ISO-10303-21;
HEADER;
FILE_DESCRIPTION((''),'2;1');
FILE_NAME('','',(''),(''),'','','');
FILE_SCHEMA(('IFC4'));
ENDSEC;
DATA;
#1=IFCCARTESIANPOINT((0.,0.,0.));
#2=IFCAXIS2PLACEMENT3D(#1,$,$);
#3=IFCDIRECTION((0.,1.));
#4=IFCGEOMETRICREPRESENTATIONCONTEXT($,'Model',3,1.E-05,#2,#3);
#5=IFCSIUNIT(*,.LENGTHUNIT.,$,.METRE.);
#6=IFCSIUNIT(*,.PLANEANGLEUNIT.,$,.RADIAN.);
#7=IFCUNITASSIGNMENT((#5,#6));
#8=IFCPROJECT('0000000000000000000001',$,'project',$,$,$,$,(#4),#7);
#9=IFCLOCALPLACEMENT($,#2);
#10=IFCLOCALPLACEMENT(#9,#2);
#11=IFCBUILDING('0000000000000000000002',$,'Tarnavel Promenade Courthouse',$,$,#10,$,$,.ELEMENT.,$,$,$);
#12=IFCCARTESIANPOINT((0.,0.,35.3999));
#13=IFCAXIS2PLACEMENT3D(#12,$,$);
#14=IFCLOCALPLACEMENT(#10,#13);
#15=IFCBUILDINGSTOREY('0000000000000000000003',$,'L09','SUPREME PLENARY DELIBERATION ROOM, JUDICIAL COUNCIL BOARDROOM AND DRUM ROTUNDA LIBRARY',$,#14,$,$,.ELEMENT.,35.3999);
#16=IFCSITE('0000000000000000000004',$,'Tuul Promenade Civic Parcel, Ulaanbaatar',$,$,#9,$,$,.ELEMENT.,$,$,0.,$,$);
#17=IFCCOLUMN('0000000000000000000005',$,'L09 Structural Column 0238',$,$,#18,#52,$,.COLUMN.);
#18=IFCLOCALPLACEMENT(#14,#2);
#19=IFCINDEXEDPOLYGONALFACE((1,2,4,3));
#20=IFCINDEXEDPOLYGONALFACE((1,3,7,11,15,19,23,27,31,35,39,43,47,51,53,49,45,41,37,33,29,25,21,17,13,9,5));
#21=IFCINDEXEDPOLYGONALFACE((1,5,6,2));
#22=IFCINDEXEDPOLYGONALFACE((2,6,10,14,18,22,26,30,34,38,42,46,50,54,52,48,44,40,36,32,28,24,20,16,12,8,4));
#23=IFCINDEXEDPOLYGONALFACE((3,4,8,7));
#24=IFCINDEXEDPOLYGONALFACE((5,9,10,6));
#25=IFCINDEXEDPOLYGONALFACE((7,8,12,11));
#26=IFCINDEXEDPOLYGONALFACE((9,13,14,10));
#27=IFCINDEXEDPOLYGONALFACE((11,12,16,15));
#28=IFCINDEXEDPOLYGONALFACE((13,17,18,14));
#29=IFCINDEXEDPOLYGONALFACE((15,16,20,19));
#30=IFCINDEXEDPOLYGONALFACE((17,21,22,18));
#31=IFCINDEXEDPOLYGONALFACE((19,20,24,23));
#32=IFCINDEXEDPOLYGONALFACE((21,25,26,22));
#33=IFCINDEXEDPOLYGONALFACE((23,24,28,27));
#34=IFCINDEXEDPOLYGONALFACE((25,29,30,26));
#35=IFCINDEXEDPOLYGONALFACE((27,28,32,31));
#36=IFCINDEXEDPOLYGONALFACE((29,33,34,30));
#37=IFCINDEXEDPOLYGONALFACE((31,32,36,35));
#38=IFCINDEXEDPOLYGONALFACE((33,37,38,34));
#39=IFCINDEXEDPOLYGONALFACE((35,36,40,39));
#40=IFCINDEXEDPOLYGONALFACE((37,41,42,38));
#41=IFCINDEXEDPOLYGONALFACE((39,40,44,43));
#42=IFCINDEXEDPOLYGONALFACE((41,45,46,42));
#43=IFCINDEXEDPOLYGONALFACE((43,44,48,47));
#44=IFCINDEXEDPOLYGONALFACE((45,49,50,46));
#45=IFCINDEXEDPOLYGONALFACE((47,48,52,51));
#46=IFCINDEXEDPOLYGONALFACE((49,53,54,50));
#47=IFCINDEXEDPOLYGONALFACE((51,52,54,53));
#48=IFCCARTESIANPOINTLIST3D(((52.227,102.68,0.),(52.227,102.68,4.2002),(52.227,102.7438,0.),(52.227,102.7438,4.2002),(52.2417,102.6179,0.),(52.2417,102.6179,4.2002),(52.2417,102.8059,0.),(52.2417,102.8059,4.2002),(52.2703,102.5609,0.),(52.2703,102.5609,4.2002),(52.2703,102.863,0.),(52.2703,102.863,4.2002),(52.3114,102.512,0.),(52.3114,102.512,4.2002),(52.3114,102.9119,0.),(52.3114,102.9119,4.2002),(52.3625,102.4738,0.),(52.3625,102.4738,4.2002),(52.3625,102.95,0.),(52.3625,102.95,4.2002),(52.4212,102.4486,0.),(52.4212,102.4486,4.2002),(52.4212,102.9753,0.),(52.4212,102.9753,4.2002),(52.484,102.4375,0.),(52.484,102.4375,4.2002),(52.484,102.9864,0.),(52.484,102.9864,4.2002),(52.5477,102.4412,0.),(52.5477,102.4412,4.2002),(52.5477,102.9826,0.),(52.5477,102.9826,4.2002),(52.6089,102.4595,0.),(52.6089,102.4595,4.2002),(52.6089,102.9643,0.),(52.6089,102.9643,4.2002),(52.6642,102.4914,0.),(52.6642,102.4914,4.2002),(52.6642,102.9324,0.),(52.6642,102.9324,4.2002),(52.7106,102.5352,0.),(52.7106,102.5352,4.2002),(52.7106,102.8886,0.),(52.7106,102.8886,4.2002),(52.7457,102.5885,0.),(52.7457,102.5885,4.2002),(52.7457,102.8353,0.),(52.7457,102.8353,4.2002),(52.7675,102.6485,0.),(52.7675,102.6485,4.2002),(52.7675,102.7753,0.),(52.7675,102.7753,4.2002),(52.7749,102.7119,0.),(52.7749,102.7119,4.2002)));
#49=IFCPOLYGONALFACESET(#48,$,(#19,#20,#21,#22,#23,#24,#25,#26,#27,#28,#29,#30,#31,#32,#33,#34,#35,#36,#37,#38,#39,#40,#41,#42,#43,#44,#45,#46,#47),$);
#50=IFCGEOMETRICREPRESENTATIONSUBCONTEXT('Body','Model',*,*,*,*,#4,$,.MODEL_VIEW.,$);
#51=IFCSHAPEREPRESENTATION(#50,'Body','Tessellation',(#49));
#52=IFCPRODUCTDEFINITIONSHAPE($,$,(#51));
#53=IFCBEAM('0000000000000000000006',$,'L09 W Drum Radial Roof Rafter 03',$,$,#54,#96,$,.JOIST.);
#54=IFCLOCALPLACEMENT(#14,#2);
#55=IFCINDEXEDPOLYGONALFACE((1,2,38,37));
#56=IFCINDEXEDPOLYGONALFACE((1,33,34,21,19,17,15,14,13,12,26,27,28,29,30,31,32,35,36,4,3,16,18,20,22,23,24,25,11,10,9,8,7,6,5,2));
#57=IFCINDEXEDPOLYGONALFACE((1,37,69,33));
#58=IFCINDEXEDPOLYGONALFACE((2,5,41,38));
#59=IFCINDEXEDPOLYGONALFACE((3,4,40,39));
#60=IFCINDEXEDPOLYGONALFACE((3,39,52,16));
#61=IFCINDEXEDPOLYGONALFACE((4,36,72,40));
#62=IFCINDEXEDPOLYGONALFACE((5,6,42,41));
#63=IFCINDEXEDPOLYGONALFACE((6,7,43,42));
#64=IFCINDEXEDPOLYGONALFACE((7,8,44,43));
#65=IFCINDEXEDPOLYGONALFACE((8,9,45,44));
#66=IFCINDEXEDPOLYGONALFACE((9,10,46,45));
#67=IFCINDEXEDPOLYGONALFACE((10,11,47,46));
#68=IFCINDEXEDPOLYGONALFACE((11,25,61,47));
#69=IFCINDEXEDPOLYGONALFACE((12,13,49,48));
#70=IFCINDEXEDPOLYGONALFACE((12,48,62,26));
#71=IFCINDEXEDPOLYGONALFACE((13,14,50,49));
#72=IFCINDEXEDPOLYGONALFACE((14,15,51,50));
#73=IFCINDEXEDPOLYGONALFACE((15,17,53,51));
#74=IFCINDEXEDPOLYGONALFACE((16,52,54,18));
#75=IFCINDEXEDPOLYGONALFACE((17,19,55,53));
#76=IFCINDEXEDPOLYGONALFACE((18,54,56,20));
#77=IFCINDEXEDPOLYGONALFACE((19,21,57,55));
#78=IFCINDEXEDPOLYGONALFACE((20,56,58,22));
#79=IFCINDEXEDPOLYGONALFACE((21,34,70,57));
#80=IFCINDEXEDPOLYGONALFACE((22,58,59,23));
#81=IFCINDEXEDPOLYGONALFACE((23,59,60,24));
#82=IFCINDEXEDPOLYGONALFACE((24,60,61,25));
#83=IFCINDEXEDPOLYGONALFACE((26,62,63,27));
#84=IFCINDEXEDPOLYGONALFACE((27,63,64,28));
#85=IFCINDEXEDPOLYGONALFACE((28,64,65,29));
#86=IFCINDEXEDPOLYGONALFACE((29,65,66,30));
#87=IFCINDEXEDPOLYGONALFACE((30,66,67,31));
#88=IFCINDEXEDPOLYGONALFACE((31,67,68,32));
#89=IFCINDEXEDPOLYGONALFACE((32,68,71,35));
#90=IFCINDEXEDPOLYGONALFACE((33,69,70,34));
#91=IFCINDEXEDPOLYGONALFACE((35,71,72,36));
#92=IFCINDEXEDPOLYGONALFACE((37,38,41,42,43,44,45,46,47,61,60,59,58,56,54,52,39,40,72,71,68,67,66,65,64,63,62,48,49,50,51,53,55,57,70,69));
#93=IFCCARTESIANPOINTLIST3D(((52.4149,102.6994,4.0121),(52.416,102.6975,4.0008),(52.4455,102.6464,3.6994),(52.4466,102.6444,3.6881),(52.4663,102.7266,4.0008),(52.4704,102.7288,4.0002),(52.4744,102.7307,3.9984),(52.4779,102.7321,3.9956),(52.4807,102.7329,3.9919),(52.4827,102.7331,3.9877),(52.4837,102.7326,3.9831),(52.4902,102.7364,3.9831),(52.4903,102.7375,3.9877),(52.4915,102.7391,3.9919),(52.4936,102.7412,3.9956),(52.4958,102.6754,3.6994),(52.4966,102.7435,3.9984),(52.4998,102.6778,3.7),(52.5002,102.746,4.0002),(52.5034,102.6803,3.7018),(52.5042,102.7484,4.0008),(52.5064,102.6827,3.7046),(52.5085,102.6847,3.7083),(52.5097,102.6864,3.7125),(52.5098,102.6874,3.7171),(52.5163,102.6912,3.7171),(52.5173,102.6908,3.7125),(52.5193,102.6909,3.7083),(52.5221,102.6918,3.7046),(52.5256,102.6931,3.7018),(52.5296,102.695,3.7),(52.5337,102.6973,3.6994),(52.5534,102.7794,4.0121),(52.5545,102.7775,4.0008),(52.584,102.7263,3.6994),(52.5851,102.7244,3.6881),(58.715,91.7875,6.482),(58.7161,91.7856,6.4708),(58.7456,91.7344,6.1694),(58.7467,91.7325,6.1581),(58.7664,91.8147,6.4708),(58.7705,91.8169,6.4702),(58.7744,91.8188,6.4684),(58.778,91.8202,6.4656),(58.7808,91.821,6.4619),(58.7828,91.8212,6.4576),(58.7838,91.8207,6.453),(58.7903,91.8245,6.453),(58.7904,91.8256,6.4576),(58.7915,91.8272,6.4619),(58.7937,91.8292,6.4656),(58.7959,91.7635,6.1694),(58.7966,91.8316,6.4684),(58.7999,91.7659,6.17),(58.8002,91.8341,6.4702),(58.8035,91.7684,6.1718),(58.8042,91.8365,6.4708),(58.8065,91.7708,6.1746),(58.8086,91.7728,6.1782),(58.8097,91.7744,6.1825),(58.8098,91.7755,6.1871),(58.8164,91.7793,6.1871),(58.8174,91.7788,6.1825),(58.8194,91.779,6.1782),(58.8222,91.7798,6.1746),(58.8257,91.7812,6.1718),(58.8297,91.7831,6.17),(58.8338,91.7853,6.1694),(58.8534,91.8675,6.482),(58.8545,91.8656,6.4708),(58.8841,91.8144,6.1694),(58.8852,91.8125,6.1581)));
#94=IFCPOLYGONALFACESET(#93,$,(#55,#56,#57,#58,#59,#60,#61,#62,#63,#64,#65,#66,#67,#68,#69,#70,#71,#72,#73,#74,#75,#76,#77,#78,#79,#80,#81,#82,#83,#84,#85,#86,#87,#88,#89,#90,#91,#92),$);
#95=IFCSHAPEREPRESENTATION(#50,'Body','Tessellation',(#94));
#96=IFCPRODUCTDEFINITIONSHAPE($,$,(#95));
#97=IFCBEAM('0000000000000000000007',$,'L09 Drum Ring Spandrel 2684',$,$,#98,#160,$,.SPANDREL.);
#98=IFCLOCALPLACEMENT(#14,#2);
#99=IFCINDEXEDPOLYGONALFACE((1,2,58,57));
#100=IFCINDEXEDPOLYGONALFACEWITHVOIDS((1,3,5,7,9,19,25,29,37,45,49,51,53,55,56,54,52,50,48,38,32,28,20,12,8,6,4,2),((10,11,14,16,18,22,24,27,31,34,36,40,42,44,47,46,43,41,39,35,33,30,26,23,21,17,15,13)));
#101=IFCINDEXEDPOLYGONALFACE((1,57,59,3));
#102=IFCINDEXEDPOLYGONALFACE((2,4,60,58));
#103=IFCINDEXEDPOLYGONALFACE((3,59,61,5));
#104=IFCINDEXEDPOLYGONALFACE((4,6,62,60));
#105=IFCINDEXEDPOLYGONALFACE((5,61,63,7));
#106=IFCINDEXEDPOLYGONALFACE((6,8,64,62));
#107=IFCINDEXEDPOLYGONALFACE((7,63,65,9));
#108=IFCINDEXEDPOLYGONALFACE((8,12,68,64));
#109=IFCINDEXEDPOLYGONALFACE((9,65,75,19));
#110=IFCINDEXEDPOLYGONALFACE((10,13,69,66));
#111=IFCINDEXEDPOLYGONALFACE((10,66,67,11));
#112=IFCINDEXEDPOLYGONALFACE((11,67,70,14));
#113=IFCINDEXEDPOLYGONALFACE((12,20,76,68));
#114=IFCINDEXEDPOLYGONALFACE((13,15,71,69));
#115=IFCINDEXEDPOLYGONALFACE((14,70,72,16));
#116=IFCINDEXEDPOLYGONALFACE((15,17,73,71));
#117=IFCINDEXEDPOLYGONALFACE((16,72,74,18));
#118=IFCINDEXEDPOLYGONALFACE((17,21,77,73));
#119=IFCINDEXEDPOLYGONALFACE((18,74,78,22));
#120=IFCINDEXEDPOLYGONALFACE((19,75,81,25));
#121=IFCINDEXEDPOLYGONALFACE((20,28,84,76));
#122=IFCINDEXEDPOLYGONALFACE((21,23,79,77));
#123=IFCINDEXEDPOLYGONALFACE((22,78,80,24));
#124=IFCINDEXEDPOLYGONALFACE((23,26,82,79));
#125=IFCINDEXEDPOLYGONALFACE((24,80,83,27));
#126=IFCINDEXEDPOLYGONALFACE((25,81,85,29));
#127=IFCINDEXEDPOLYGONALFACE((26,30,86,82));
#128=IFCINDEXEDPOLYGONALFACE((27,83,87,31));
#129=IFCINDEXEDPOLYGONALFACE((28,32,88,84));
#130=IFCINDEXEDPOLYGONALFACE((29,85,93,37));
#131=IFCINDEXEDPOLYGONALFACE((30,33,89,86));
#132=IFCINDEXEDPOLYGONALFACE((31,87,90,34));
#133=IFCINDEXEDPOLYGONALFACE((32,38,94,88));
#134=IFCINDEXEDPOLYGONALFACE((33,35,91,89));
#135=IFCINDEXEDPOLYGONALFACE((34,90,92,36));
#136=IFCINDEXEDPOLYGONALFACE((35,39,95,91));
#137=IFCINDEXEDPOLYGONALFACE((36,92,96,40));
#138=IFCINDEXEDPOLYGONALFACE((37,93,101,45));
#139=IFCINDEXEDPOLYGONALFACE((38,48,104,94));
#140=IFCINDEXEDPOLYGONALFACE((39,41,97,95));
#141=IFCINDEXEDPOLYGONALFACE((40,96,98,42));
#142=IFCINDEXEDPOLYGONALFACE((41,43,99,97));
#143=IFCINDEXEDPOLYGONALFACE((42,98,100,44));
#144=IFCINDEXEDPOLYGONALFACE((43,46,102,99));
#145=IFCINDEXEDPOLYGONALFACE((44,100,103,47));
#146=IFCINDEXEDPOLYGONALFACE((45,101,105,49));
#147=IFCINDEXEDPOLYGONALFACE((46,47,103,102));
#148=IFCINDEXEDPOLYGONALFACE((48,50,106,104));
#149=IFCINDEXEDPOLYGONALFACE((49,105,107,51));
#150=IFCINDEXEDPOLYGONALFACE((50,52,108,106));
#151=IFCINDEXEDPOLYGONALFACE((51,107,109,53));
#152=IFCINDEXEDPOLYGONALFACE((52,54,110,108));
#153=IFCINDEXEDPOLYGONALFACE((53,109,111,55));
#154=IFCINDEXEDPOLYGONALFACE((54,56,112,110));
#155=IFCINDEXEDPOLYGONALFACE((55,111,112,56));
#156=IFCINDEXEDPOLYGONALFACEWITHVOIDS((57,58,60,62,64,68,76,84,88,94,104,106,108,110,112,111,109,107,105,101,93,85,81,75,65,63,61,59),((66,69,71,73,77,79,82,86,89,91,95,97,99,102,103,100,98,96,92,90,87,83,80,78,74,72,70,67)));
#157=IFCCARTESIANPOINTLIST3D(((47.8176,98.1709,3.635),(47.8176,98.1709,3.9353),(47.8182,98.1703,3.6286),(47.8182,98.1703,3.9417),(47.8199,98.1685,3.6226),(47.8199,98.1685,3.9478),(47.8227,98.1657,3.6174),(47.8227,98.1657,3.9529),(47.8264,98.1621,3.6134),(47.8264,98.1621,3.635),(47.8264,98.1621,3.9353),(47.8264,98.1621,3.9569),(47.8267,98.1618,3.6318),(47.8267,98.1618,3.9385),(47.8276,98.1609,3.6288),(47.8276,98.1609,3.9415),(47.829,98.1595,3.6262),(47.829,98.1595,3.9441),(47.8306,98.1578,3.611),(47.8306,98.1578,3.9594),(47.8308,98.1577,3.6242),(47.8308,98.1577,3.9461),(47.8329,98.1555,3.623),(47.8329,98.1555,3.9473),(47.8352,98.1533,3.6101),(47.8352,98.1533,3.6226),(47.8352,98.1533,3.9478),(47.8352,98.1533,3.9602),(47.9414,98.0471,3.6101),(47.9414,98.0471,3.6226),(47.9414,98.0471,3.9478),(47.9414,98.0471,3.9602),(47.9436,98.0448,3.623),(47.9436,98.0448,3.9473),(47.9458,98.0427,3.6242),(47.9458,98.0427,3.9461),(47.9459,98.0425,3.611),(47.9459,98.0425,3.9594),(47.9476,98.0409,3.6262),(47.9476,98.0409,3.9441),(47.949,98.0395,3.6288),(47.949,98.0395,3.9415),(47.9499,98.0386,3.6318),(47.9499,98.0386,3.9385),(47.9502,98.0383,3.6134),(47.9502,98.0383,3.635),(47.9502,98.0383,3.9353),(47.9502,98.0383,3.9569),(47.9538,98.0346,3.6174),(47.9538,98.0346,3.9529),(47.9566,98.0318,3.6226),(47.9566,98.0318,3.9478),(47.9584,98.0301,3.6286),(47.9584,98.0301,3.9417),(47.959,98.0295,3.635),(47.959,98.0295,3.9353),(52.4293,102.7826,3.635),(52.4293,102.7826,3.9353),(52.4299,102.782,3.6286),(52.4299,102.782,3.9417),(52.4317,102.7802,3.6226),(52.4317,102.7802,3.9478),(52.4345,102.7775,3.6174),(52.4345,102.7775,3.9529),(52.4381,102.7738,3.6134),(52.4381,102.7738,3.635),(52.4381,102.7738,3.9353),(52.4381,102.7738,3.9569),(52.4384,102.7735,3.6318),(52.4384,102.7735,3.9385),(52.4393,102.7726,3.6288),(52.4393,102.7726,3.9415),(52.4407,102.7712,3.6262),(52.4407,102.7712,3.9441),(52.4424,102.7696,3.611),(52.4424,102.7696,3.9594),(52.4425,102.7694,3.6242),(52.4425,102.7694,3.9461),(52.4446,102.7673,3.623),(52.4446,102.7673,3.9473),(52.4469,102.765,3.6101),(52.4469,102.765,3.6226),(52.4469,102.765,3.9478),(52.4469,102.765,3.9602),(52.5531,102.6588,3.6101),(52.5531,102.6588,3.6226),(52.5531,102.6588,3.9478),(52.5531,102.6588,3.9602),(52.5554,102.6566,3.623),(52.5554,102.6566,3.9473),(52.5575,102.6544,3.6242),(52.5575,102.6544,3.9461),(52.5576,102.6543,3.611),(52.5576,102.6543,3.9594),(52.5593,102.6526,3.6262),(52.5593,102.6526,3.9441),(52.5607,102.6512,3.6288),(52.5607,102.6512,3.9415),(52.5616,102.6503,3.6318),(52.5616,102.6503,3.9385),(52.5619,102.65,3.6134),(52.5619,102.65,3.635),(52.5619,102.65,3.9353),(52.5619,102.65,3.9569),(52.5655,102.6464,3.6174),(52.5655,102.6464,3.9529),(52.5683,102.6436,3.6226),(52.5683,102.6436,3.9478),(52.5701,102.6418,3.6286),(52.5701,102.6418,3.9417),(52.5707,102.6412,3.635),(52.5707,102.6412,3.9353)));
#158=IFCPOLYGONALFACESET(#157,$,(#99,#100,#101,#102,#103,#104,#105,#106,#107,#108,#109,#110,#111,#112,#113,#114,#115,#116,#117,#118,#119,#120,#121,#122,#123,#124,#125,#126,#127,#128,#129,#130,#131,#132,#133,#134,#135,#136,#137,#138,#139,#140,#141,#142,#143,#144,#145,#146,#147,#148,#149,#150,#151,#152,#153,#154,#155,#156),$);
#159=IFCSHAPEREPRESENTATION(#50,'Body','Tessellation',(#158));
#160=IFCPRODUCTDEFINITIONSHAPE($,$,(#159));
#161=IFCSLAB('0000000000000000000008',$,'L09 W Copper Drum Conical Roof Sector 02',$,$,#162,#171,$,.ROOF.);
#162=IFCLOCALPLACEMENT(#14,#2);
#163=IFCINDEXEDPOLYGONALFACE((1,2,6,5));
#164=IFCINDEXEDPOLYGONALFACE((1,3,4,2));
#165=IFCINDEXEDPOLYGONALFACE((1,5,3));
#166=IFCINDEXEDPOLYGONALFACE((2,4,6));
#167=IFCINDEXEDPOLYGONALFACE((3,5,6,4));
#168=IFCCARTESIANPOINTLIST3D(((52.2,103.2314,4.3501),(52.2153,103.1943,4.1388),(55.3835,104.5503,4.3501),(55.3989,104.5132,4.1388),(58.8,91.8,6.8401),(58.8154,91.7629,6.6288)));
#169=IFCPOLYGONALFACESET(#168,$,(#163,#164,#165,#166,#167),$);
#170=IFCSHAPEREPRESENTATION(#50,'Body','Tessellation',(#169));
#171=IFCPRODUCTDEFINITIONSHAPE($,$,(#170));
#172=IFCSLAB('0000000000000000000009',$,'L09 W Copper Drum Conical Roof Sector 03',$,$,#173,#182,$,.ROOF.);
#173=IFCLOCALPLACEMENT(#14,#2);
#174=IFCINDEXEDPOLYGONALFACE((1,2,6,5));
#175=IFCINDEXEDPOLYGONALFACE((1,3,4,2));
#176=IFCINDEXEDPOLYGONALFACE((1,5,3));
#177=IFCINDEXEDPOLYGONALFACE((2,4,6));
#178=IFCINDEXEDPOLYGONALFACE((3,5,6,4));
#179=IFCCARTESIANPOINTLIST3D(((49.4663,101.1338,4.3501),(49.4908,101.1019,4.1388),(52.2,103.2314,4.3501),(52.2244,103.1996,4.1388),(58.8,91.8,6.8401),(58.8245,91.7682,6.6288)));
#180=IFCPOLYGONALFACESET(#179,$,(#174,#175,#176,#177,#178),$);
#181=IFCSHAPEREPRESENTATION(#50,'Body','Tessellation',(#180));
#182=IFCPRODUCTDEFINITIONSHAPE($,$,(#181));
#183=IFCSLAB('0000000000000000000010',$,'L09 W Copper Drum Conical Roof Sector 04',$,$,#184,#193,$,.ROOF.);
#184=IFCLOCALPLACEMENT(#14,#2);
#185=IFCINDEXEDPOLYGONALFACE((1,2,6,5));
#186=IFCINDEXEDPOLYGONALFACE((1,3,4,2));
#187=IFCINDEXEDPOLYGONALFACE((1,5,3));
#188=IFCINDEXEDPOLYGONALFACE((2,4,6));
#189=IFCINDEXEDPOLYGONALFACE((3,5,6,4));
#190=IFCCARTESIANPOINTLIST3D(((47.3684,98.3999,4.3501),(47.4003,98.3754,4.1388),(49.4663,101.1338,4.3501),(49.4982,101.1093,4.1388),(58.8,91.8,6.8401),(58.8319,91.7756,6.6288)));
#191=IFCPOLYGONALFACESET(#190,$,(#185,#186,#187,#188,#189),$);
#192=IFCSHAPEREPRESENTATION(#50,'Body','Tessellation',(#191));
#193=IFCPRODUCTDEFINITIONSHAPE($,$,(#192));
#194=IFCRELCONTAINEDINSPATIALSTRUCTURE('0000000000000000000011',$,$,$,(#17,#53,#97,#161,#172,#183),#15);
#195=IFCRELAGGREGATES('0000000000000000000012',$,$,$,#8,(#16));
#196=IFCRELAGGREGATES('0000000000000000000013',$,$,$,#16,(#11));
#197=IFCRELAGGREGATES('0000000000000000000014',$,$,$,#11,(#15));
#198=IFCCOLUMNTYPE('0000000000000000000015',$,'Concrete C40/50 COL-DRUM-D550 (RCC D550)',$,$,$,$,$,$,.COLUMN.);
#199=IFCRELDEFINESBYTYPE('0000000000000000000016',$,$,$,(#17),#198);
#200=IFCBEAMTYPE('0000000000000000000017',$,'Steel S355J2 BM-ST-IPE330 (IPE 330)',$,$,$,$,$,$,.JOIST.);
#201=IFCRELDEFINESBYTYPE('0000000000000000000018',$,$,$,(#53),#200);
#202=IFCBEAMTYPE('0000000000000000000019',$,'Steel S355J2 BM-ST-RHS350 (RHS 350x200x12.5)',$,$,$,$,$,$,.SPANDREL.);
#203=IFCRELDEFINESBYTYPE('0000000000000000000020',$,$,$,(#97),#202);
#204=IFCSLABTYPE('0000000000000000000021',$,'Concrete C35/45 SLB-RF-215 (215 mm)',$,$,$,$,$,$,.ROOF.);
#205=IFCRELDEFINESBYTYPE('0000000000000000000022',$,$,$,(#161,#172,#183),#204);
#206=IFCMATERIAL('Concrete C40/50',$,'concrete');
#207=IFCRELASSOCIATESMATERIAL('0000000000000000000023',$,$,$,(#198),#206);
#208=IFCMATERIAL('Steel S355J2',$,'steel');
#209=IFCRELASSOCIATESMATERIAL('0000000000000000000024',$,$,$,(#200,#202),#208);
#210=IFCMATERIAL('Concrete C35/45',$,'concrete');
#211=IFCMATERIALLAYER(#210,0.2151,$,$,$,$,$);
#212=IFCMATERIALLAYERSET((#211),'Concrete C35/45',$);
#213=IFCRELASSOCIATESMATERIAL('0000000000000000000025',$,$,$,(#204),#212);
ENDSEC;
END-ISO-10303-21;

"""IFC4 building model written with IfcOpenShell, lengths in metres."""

from ifc_helpers import new_model, si_unit, direction, frame, origin, origin_2d, place, context, subcontext, project, spatial, polyline, hollow_rectangle, circle, i_section, outline, extrude, material, layer, layer_set, material_profile, profile_set, type_object, element, save


model = new_model("IFC4")

# Units and contexts
model_context = context("Model", 3, precision=1e-05, world=origin(), true_north=direction((0.0, 1.0)))
body_context = subcontext(model_context, "Body", "Model", "MODEL_VIEW")
ifc_project = project(units=[si_unit("LENGTHUNIT", "METRE"), si_unit("PLANEANGLEUNIT", "RADIAN")], contexts=[model_context])

# Site, building, storey
site_placement = place(None, origin())
site = spatial("IfcSite", under=ifc_project, at=site_placement, Name="Tuul Promenade Civic Parcel, Ulaanbaatar", CompositionType="ELEMENT", RefElevation=0.0)
building_placement = place(site_placement, origin())
building = spatial("IfcBuilding", under=site, at=building_placement, Name="Tarnavel Promenade Courthouse", CompositionType="ELEMENT")
storey_placement = place(building_placement, frame((0.0, 0.0, 35.3999)))
storey = spatial("IfcBuildingStorey", under=building, at=storey_placement, Name="L09", Description="SUPREME PLENARY DELIBERATION ROOM, JUDICIAL COUNCIL BOARDROOM AND DRUM ROTUNDA LIBRARY", CompositionType="ELEMENT", Elevation=35.3999)

# Column
ifc_material_1 = material(Name="Concrete C40/50", Category="concrete")
ifc_material_profile_1 = material_profile(ifc_material_1, circle(Radius=0.2749, at=origin_2d()), Name="RCC D550")
ifc_profile_set_1 = profile_set([ifc_material_profile_1], Name="Concrete C40/50")
column_type = type_object("IfcColumnType", Name="Concrete C40/50 COL-DRUM-D550 (RCC D550)", PredefinedType="COLUMN", material=ifc_profile_set_1)
column_placement = place(storey_placement, frame((52.5, 102.7119, 0.0), z_axis=(0.0, 0.0, 1.0), x_axis=(1.0, 0.0, 0.0)))
element("IfcColumn", 1, at=column_placement, inside=storey, type_object=column_type, Name="L09 Structural Column 0238", PredefinedType="COLUMN", context=body_context, shape_type="SweptSolid", body=[
    extrude(circle(Radius=0.2749, at=origin_2d()), origin(), (0.0, 0.0, 1.0), 4.2002),
])

# Beams
ifc_material_2 = material(Name="Steel S355J2", Category="steel")
ifc_material_profile_2 = material_profile(ifc_material_2, i_section(OverallWidth=0.1599, OverallDepth=0.3301, WebThickness=0.0076, FlangeThickness=0.0115, FilletRadius=0.0181, at=origin_2d()), Name="IPE 330")
ifc_profile_set_2 = profile_set([ifc_material_profile_2], Name="Steel S355J2")
beam_type_1 = type_object("IfcBeamType", Name="Steel S355J2 BM-ST-IPE330 (IPE 330)", PredefinedType="JOIST", material=ifc_profile_set_2)
beam_1_placement = place(storey_placement, frame((52.5, 102.7119, 3.8501), z_axis=(0.490666, -0.849848, 0.192368), x_axis=(0.866023, 0.500005, 0.0)))
element("IfcBeam", 2, at=beam_1_placement, inside=storey, type_object=beam_type_1, Name="L09 W Drum Radial Roof Rafter 03", PredefinedType="JOIST", context=body_context, shape_type="SweptSolid", body=[
    extrude(i_section(OverallWidth=0.1599, OverallDepth=0.3301, WebThickness=0.0076, FlangeThickness=0.0115, FilletRadius=0.0181, at=origin_2d()), origin(), (0.0, 0.0, 1.0), 12.8398),
])
ifc_material_profile_3 = material_profile(ifc_material_2, hollow_rectangle(XDim=0.2, YDim=0.3501, WallThickness=0.0125, InnerFilletRadius=0.0125, OuterFilletRadius=0.0249, at=origin_2d()), Name="RHS 350x200x12.5")
ifc_profile_set_3 = profile_set([ifc_material_profile_3], Name="Steel S355J2")
beam_type_2 = type_object("IfcBeamType", Name="Steel S355J2 BM-ST-RHS350 (RHS 350x200x12.5)", PredefinedType="SPANDREL", material=ifc_profile_set_3)
beam_2_placement = place(storey_placement, frame((52.5, 102.7119, 3.7852), z_axis=(-0.707107, -0.707107, 0.0), x_axis=(0.707107, -0.707107, 0.0)))
element("IfcBeam", 3, at=beam_2_placement, inside=storey, type_object=beam_type_2, Name="L09 Drum Ring Spandrel 2684", PredefinedType="SPANDREL", context=body_context, shape_type="SweptSolid", body=[
    extrude(hollow_rectangle(XDim=0.2, YDim=0.3501, WallThickness=0.0125, InnerFilletRadius=0.0125, OuterFilletRadius=0.0249, at=origin_2d()), origin(), (0.0, 0.0, 1.0), 6.522),
])

# Slabs
ifc_material_3 = material(Name="Concrete C35/45", Category="concrete")
ifc_layer_1 = layer(ifc_material_3, 0.2151)
ifc_layer_set_1 = layer_set([ifc_layer_1], Name="Concrete C35/45")
slab_type = type_object("IfcSlabType", Name="Concrete C35/45 SLB-RF-215 (215 mm)", PredefinedType="ROOF", material=ifc_layer_set_1)
slab_1_placement = place(storey_placement, frame((55.3835, 104.5503, 4.3501), z_axis=(-0.071535, 0.17268, 0.982377), x_axis=(-0.923863, -0.382723, 0.0)))
element("IfcSlab", 4, at=slab_1_placement, inside=storey, type_object=slab_type, Name="L09 W Copper Drum Conical Roof Sector 02", PredefinedType="ROOF", context=body_context, shape_type="SweptSolid", body=[
    extrude(outline(polyline([(0.0, 0.0), (3.446, 0.0), (1.7234, 13.3218), (0.0, 0.0)])), origin(), (0.0, 0.0, -1.0), 0.2151),
])
slab_2_placement = place(storey_placement, frame((52.2, 103.2314, 4.3501), z_axis=(-0.113786, 0.148285, 0.982377), x_axis=(-0.793345, -0.608772, 0.0)))
element("IfcSlab", 5, at=slab_2_placement, inside=storey, type_object=slab_type, Name="L09 W Copper Drum Conical Roof Sector 03", PredefinedType="ROOF", context=body_context, shape_type="SweptSolid", body=[
    extrude(outline(polyline([(0.0, 0.0), (3.4457, 0.0), (1.723, 13.3218), (0.0, 0.0)])), origin(), (0.0, 0.0, -1.0), 0.2151),
])
slab_3_placement = place(storey_placement, frame((49.4663, 101.1338, 4.3501), z_axis=(-0.148283, 0.113788, 0.982377), x_axis=(-0.608782, -0.793337, 0.0)))
element("IfcSlab", 6, at=slab_3_placement, inside=storey, type_object=slab_type, Name="L09 W Copper Drum Conical Roof Sector 04", PredefinedType="ROOF", context=body_context, shape_type="SweptSolid", body=[
    extrude(outline(polyline([(0.0, 0.0), (3.4461, 0.0), (1.7226, 13.3218), (0.0, 0.0)])), origin(), (0.0, 0.0, -1.0), 0.2151),
])

save(model, "model.ifc")
